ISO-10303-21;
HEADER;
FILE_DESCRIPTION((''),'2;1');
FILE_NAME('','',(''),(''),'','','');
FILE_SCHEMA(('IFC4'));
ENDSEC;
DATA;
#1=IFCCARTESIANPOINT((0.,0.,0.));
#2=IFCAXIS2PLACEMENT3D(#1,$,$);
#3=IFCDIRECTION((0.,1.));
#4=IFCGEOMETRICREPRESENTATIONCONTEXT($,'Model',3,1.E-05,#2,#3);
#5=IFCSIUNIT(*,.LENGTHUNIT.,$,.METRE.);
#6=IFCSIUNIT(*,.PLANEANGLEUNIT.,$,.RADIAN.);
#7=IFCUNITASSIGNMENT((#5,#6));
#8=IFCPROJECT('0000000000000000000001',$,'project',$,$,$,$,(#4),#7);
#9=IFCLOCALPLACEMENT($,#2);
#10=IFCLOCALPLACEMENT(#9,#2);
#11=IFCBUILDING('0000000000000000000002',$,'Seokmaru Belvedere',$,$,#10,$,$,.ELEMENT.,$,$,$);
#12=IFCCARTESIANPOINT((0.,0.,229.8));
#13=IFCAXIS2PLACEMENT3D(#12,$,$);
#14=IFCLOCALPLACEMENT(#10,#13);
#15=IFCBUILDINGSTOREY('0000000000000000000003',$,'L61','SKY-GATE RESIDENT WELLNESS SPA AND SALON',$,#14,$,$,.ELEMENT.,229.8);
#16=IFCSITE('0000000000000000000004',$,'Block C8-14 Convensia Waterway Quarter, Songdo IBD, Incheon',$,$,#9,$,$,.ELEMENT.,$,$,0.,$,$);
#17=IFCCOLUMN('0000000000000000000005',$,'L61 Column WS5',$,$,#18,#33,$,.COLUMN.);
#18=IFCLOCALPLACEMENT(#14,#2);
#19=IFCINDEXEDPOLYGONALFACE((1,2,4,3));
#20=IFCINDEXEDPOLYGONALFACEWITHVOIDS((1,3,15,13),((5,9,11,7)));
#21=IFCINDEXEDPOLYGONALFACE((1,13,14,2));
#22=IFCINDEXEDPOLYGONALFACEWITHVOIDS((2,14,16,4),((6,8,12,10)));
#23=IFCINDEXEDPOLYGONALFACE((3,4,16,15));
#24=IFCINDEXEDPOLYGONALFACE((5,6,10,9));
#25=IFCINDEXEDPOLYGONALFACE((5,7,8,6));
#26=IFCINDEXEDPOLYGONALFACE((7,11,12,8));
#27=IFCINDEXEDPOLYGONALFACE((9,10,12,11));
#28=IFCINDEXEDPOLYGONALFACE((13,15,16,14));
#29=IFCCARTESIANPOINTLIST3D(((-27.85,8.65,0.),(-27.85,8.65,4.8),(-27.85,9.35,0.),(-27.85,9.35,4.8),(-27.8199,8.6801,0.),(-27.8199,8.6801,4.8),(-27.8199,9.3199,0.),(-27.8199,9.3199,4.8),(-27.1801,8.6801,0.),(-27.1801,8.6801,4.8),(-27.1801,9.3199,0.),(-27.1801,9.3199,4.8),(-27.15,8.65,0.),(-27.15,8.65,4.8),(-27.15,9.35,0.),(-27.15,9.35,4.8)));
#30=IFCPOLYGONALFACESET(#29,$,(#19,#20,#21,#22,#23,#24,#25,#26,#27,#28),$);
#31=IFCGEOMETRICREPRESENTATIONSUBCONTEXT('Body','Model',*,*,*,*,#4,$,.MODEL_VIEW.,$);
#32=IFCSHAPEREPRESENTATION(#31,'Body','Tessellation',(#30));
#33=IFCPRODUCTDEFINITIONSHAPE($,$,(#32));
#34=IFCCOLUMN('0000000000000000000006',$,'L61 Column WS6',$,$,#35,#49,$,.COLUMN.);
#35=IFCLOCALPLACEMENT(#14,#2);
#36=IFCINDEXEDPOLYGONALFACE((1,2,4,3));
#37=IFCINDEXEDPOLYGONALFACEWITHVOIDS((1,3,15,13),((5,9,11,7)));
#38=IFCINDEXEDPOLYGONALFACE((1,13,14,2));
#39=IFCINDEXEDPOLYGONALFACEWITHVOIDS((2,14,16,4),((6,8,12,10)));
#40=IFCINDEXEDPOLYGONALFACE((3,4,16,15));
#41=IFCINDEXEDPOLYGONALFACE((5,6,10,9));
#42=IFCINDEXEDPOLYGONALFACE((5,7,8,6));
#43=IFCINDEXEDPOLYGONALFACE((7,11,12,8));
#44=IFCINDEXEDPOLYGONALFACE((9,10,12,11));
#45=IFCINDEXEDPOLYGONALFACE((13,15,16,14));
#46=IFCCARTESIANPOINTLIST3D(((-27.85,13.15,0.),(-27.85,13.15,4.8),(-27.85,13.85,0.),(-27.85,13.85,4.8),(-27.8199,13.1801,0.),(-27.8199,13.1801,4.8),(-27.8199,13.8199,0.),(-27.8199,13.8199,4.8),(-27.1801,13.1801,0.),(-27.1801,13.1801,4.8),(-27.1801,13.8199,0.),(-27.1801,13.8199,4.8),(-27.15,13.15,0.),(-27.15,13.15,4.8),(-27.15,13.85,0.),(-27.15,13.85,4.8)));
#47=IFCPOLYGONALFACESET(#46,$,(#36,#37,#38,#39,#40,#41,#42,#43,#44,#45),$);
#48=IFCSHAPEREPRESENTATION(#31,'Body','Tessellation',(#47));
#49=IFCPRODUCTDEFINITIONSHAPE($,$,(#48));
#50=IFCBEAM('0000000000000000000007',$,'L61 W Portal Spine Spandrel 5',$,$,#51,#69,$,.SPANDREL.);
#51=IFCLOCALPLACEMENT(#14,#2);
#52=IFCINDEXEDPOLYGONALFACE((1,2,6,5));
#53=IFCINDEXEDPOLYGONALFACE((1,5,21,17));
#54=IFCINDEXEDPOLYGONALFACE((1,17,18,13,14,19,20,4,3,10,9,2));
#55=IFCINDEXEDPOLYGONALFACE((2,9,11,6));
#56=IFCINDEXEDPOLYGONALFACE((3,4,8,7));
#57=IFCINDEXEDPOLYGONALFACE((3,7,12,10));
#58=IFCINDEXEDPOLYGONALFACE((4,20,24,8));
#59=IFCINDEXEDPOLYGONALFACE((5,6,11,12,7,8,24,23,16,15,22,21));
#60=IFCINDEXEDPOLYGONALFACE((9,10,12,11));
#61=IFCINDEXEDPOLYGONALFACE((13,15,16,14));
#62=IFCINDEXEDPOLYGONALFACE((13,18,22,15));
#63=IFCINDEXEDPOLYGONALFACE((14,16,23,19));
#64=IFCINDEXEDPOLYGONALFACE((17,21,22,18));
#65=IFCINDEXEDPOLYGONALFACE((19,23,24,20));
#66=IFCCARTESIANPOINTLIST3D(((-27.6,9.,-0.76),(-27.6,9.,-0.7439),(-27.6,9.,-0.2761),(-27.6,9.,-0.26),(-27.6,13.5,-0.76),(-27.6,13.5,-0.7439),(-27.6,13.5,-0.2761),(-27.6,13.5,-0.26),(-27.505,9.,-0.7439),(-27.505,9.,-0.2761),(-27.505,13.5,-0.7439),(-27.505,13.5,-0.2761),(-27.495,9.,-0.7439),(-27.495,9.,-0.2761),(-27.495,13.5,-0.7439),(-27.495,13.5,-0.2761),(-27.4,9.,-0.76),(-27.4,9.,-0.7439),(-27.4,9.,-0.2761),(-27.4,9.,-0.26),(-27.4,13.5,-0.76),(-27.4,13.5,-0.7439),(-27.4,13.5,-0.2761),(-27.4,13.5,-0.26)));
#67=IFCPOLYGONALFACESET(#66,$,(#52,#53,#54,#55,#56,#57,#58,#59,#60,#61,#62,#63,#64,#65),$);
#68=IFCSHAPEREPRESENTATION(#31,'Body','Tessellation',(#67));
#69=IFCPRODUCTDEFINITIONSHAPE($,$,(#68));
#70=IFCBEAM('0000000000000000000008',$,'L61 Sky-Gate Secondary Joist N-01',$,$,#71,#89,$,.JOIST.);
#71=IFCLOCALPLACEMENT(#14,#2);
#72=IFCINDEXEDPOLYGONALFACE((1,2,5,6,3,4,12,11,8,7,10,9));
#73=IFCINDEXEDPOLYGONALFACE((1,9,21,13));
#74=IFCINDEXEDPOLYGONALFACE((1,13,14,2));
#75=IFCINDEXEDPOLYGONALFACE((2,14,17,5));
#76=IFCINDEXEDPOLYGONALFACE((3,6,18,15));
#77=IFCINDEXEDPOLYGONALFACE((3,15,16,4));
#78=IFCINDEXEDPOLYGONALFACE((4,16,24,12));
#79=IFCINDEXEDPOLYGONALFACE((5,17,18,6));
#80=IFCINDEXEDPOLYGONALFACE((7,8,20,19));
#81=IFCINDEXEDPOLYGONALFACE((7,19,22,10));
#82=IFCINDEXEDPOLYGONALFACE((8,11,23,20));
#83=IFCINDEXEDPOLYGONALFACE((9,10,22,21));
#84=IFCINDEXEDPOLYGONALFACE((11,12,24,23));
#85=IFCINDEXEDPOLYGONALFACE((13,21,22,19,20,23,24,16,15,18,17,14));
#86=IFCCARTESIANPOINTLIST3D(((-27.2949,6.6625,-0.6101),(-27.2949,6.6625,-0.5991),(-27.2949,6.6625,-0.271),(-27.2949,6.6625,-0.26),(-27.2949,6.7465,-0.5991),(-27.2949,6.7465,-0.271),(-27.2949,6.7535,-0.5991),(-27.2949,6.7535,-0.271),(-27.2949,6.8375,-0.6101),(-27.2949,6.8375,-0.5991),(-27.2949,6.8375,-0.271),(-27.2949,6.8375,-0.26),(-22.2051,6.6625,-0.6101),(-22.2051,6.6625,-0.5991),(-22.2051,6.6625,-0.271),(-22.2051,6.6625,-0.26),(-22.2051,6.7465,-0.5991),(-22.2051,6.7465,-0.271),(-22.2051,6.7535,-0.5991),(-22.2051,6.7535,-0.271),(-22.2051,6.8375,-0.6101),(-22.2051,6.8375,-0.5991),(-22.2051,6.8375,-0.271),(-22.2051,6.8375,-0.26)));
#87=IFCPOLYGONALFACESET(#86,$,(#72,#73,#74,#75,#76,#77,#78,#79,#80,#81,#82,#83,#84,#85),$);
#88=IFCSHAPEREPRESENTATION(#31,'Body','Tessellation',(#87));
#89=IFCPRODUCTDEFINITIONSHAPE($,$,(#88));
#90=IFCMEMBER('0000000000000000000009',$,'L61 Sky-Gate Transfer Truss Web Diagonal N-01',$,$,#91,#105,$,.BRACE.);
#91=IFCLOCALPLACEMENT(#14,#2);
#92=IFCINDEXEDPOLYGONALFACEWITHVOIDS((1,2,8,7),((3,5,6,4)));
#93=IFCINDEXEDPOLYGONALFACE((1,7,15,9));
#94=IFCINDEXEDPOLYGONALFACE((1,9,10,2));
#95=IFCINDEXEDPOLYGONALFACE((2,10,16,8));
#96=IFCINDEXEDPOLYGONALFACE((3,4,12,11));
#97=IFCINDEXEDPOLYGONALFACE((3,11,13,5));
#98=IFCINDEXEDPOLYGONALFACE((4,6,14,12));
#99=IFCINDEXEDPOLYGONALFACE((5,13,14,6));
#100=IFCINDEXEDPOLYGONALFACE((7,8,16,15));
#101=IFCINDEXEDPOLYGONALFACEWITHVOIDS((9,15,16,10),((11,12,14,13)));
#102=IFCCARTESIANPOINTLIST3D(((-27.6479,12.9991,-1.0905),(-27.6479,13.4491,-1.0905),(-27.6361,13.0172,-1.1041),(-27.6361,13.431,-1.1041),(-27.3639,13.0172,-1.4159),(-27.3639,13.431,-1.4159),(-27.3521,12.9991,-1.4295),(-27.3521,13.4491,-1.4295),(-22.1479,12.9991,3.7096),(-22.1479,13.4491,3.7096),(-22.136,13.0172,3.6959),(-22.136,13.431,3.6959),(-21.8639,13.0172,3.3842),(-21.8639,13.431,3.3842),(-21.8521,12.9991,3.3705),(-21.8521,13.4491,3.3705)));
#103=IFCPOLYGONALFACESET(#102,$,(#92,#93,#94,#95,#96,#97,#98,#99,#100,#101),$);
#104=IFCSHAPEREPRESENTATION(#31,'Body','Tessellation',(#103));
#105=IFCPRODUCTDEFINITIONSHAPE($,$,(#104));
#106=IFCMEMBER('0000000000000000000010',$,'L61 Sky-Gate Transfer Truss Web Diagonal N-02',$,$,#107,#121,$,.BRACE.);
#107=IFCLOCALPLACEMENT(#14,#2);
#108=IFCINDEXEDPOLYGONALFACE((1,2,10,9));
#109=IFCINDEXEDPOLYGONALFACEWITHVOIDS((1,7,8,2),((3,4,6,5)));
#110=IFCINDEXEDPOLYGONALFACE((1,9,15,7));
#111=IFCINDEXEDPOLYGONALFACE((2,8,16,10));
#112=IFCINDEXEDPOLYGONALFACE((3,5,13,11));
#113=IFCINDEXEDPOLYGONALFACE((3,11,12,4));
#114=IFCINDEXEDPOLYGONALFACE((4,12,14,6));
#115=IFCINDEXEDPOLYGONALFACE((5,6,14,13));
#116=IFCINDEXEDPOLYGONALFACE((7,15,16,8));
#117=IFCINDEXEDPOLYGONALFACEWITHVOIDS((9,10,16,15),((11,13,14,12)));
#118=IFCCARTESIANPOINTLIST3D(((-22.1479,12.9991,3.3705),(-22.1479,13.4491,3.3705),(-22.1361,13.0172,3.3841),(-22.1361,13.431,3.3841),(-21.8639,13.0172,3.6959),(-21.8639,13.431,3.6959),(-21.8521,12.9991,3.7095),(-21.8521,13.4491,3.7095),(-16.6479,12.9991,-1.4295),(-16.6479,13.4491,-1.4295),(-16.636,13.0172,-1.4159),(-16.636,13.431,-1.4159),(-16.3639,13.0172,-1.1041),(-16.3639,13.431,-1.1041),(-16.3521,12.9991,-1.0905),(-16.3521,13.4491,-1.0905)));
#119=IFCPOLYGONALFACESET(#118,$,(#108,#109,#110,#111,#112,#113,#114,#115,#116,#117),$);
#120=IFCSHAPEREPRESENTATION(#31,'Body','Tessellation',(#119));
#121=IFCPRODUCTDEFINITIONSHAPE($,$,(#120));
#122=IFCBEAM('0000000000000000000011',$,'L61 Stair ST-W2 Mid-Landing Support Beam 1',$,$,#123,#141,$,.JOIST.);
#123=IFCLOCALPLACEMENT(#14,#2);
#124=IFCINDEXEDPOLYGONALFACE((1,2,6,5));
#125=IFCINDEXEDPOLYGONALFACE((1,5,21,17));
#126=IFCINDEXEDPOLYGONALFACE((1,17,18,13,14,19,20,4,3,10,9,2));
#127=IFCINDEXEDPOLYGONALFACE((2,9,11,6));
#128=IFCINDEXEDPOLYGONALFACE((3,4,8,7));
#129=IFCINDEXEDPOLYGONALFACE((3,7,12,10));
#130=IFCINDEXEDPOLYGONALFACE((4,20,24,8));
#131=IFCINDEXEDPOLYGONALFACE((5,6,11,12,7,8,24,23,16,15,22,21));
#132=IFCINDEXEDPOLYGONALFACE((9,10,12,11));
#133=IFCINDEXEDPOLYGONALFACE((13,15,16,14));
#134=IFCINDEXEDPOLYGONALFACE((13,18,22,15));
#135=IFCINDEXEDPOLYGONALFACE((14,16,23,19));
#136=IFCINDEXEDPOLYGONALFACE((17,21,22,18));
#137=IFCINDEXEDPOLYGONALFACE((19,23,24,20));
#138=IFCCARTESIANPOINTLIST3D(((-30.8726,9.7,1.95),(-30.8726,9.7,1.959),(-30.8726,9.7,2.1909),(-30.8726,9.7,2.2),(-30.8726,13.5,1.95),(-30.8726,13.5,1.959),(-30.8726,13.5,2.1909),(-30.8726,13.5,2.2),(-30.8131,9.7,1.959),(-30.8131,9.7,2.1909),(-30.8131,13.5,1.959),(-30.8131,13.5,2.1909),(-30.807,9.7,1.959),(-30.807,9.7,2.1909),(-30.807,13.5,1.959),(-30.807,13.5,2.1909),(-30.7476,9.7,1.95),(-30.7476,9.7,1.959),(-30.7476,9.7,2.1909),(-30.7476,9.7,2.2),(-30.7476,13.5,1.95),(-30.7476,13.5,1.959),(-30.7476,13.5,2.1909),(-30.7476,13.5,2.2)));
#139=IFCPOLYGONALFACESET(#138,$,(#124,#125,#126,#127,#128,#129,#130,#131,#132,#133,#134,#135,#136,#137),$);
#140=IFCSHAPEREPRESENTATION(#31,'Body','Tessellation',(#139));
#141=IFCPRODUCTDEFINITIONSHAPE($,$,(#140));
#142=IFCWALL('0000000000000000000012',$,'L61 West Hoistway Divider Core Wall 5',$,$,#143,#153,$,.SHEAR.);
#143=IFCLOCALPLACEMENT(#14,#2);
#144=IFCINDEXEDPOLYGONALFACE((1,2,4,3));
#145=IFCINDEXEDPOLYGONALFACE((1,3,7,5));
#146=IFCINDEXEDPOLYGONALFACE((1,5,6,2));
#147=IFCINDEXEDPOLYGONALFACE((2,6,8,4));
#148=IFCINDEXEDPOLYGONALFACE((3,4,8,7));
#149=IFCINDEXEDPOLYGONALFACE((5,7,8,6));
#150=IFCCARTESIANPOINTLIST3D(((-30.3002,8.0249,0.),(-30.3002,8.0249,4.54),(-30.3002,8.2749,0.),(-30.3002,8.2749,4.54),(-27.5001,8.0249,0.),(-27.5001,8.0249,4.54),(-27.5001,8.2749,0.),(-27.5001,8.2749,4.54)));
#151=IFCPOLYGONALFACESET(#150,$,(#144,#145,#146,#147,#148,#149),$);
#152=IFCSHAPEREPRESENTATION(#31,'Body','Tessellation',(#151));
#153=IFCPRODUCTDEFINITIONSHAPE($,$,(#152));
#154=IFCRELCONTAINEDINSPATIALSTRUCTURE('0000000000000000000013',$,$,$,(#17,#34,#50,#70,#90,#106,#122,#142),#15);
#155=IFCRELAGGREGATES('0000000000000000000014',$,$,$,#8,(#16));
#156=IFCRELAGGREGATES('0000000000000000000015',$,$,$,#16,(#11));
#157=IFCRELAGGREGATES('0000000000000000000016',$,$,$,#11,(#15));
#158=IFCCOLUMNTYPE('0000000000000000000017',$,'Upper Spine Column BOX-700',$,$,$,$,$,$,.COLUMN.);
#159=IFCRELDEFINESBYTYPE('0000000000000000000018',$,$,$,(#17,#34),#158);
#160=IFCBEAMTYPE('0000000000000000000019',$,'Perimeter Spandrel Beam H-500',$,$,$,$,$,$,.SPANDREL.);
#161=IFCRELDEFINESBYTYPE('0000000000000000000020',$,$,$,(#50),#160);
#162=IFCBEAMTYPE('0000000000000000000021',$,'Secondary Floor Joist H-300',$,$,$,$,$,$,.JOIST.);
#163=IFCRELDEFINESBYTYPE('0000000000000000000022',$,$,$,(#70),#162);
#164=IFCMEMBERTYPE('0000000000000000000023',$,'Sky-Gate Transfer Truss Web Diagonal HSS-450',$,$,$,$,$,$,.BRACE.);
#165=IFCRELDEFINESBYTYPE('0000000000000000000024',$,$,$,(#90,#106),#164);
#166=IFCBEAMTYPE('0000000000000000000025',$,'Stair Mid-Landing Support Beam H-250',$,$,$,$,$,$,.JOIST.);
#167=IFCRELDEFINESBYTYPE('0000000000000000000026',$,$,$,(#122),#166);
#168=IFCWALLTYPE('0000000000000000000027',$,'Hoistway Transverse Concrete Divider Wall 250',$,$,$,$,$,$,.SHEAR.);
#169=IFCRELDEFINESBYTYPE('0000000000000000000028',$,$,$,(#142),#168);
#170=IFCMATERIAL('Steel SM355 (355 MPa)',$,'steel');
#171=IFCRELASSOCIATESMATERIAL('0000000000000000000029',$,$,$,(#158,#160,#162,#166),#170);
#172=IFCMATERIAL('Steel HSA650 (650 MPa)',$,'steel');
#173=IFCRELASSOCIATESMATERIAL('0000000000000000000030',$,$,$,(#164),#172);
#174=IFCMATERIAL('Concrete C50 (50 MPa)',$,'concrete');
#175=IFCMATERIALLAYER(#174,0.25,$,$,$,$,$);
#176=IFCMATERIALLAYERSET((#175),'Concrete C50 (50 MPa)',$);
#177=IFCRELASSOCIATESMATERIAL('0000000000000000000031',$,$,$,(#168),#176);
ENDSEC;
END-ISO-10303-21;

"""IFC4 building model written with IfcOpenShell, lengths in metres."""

from ifc_helpers import new_model, si_unit, direction, frame, frame_2d, origin, origin_2d, place, context, subcontext, project, spatial, rectangle, hollow_rectangle, i_section, extrude, source, transform, mapped, material, layer, layer_set, material_profile, profile_set, type_object, type_shapes, element, save


model = new_model("IFC4")

# Units and contexts
model_context = context("Model", 3, precision=1e-05, world=origin(), true_north=direction((0.0, 1.0)))
body_context = subcontext(model_context, "Body", "Model", "MODEL_VIEW")
ifc_project = project(units=[si_unit("LENGTHUNIT", "METRE"), si_unit("PLANEANGLEUNIT", "RADIAN")], contexts=[model_context])

# Site, building, storey
site_placement = place(None, origin())
site = spatial("IfcSite", under=ifc_project, at=site_placement, Name="Block C8-14 Convensia Waterway Quarter, Songdo IBD, Incheon", CompositionType="ELEMENT", RefElevation=0.0)
building_placement = place(site_placement, origin())
building = spatial("IfcBuilding", under=site, at=building_placement, Name="Seokmaru Belvedere", CompositionType="ELEMENT")
storey_placement = place(building_placement, frame((0.0, 0.0, 229.8)))
storey = spatial("IfcBuildingStorey", under=building, at=storey_placement, Name="L61", Description="SKY-GATE RESIDENT WELLNESS SPA AND SALON", CompositionType="ELEMENT", Elevation=229.8)

# Columns
ifc_material_1 = material(Name="Steel SM355 (355 MPa)", Category="steel")
ifc_material_profile_1 = material_profile(ifc_material_1, hollow_rectangle(XDim=0.7, YDim=0.7, WallThickness=0.03, at=origin_2d()), Name="BOX-700x700x30")
ifc_profile_set_1 = profile_set([ifc_material_profile_1], Name="Steel SM355 (355 MPa)")
column_type = type_object("IfcColumnType", Name="Upper Spine Column BOX-700", PredefinedType="COLUMN", material=ifc_profile_set_1)
shared_shape_1 = source(origin(), body_context, "Body", "SweptSolid", [
    extrude(hollow_rectangle(XDim=0.7, YDim=0.7, WallThickness=0.03, at=origin_2d()), origin(), (0.0, 0.0, 1.0), 4.8),
])
type_shapes(column_type, [shared_shape_1])
for number, where, z_axis, x_axis, name in (
    (1, (-27.5, 9.0, 0.0), (0.0, 0.0, 1.0), (1.0, 0.0, 0.0), "L61 Column WS5"),
    (2, (-27.5, 13.5, 0.0), (0.0, 0.0, 1.0), (1.0, 0.0, 0.0), "L61 Column WS6"),
):
    element("IfcColumn", number, at=place(storey_placement, frame(where, z_axis=z_axis, x_axis=x_axis)), inside=storey, type_object=column_type, Name=name, PredefinedType="COLUMN", context=body_context, shape_type="MappedRepresentation", body=[
        mapped(shared_shape_1, transform((0.0, 0.0, 0.0), scale=1.0)),
    ])

# Beams
ifc_material_profile_2 = material_profile(ifc_material_1, i_section(OverallWidth=0.2, OverallDepth=0.5, WebThickness=0.01, FlangeThickness=0.0161, at=origin_2d()), Name="H-500x200x10x16")
ifc_profile_set_2 = profile_set([ifc_material_profile_2], Name="Steel SM355 (355 MPa)")
beam_type_1 = type_object("IfcBeamType", Name="Perimeter Spandrel Beam H-500", PredefinedType="SPANDREL", material=ifc_profile_set_2)
shared_shape_2 = source(origin(), body_context, "Body", "SweptSolid", [
    extrude(i_section(OverallWidth=0.2, OverallDepth=0.5, WebThickness=0.01, FlangeThickness=0.0161, at=origin_2d()), origin(), (0.0, 0.0, 1.0), 4.5),
])
type_shapes(beam_type_1, [shared_shape_2])
beam_1_placement = place(storey_placement, frame((-27.5, 9.0, -0.51), z_axis=(0.0, 1.0, 0.0), x_axis=(-1.0, 0.0, 0.0)))
element("IfcBeam", 3, at=beam_1_placement, inside=storey, type_object=beam_type_1, Name="L61 W Portal Spine Spandrel 5", PredefinedType="SPANDREL", context=body_context, shape_type="MappedRepresentation", body=[
    mapped(shared_shape_2, transform((0.0, 0.0, 0.0), scale=1.0)),
])
ifc_material_profile_3 = material_profile(ifc_material_1, i_section(OverallWidth=0.175, OverallDepth=0.3501, WebThickness=0.0071, FlangeThickness=0.011, at=origin_2d()), Name="H-350x175x7x11")
ifc_profile_set_3 = profile_set([ifc_material_profile_3], Name="Steel SM355 (355 MPa)")
beam_type_2 = type_object("IfcBeamType", Name="Secondary Floor Joist H-300", PredefinedType="JOIST", material=ifc_profile_set_3)
shared_shape_3 = source(origin(), body_context, "Body", "SweptSolid", [
    extrude(i_section(OverallWidth=0.175, OverallDepth=0.3501, WebThickness=0.0071, FlangeThickness=0.011, at=origin_2d()), origin(), (0.0, 0.0, 1.0), 5.0898),
])
type_shapes(beam_type_2, [shared_shape_3])
beam_2_placement = place(storey_placement, frame((-27.2949, 6.75, -0.4351), z_axis=(1.0, 0.0, 0.0), x_axis=(0.0, 1.0, 0.0)))
element("IfcBeam", 4, at=beam_2_placement, inside=storey, type_object=beam_type_2, Name="L61 Sky-Gate Secondary Joist N-01", PredefinedType="JOIST", context=body_context, shape_type="MappedRepresentation", body=[
    mapped(shared_shape_3, transform((0.0, 0.0, 0.0), scale=1.0)),
])

# Members
ifc_material_2 = material(Name="Steel HSA650 (650 MPa)", Category="steel")
ifc_material_profile_4 = material_profile(ifc_material_2, hollow_rectangle(XDim=0.45, YDim=0.45, WallThickness=0.0181, at=origin_2d()), Name="HSS-450x450x18")
ifc_profile_set_4 = profile_set([ifc_material_profile_4], Name="Steel HSA650 (650 MPa)")
member_type = type_object("IfcMemberType", Name="Sky-Gate Transfer Truss Web Diagonal HSS-450", PredefinedType="BRACE", material=ifc_profile_set_4)
shared_shape_4 = source(origin(), body_context, "Body", "SweptSolid", [
    extrude(hollow_rectangle(XDim=0.45, YDim=0.45, WallThickness=0.0181, at=origin_2d()), origin(), (0.0, 0.0, 1.0), 7.3),
])
type_shapes(member_type, [shared_shape_4])
for number, where, z_axis, x_axis, name in (
    (5, (-27.5, 13.2241, -1.26), (0.753421, 0.0, 0.657538), (0.0, 1.0, 0.0), "L61 Sky-Gate Transfer Truss Web Diagonal N-01"),
    (6, (-22.0, 13.2241, 3.54), (0.753421, 0.0, -0.657538), (0.0, 1.0, 0.0), "L61 Sky-Gate Transfer Truss Web Diagonal N-02"),
):
    element("IfcMember", number, at=place(storey_placement, frame(where, z_axis=z_axis, x_axis=x_axis)), inside=storey, type_object=member_type, Name=name, PredefinedType="BRACE", context=body_context, shape_type="MappedRepresentation", body=[
        mapped(shared_shape_4, transform((0.0, 0.0, 0.0), scale=1.0)),
    ])

# Beam
ifc_material_profile_5 = material_profile(ifc_material_1, i_section(OverallWidth=0.125, OverallDepth=0.25, WebThickness=0.0061, FlangeThickness=0.009, at=origin_2d()), Name="H-250x125x6x9")
ifc_profile_set_5 = profile_set([ifc_material_profile_5], Name="Steel SM355 (355 MPa)")
beam_type_3 = type_object("IfcBeamType", Name="Stair Mid-Landing Support Beam H-250", PredefinedType="JOIST", material=ifc_profile_set_5)
shared_shape_5 = source(origin(), body_context, "Body", "SweptSolid", [
    extrude(i_section(OverallWidth=0.125, OverallDepth=0.25, WebThickness=0.0061, FlangeThickness=0.009, at=origin_2d()), origin(), (0.0, 0.0, 1.0), 3.8),
])
type_shapes(beam_type_3, [shared_shape_5])
beam_3_placement = place(storey_placement, frame((-30.8101, 9.7, 2.075), z_axis=(0.0, 1.0, 0.0), x_axis=(-1.0, 0.0, 0.0)))
element("IfcBeam", 7, at=beam_3_placement, inside=storey, type_object=beam_type_3, Name="L61 Stair ST-W2 Mid-Landing Support Beam 1", PredefinedType="JOIST", context=body_context, shape_type="MappedRepresentation", body=[
    mapped(shared_shape_5, transform((0.0, 0.0, 0.0), scale=1.0)),
])

# Wall
ifc_material_3 = material(Name="Concrete C50 (50 MPa)", Category="concrete")
ifc_layer_1 = layer(ifc_material_3, 0.25)
ifc_layer_set_1 = layer_set([ifc_layer_1], Name="Concrete C50 (50 MPa)")
wall_type_1 = type_object("IfcWallType", Name="Hoistway Transverse Concrete Divider Wall 250", PredefinedType="SHEAR", material=ifc_layer_set_1)
wall_1_placement = place(storey_placement, frame((-30.3, 8.1499, 0.0), z_axis=(0.0, 0.0, 1.0), x_axis=(1.0, 0.0, 0.0)))
element("IfcWall", 8, at=wall_1_placement, inside=storey, type_object=wall_type_1, Name="L61 West Hoistway Divider Core Wall 5", PredefinedType="SHEAR", context=body_context, shape_type="SweptSolid", body=[
    extrude(rectangle(XDim=2.8, YDim=0.25, at=frame_2d((1.3999, 0.0))), origin(), (0.0, 0.0, 1.0), 4.54),
])

save(model, "model.ifc")
